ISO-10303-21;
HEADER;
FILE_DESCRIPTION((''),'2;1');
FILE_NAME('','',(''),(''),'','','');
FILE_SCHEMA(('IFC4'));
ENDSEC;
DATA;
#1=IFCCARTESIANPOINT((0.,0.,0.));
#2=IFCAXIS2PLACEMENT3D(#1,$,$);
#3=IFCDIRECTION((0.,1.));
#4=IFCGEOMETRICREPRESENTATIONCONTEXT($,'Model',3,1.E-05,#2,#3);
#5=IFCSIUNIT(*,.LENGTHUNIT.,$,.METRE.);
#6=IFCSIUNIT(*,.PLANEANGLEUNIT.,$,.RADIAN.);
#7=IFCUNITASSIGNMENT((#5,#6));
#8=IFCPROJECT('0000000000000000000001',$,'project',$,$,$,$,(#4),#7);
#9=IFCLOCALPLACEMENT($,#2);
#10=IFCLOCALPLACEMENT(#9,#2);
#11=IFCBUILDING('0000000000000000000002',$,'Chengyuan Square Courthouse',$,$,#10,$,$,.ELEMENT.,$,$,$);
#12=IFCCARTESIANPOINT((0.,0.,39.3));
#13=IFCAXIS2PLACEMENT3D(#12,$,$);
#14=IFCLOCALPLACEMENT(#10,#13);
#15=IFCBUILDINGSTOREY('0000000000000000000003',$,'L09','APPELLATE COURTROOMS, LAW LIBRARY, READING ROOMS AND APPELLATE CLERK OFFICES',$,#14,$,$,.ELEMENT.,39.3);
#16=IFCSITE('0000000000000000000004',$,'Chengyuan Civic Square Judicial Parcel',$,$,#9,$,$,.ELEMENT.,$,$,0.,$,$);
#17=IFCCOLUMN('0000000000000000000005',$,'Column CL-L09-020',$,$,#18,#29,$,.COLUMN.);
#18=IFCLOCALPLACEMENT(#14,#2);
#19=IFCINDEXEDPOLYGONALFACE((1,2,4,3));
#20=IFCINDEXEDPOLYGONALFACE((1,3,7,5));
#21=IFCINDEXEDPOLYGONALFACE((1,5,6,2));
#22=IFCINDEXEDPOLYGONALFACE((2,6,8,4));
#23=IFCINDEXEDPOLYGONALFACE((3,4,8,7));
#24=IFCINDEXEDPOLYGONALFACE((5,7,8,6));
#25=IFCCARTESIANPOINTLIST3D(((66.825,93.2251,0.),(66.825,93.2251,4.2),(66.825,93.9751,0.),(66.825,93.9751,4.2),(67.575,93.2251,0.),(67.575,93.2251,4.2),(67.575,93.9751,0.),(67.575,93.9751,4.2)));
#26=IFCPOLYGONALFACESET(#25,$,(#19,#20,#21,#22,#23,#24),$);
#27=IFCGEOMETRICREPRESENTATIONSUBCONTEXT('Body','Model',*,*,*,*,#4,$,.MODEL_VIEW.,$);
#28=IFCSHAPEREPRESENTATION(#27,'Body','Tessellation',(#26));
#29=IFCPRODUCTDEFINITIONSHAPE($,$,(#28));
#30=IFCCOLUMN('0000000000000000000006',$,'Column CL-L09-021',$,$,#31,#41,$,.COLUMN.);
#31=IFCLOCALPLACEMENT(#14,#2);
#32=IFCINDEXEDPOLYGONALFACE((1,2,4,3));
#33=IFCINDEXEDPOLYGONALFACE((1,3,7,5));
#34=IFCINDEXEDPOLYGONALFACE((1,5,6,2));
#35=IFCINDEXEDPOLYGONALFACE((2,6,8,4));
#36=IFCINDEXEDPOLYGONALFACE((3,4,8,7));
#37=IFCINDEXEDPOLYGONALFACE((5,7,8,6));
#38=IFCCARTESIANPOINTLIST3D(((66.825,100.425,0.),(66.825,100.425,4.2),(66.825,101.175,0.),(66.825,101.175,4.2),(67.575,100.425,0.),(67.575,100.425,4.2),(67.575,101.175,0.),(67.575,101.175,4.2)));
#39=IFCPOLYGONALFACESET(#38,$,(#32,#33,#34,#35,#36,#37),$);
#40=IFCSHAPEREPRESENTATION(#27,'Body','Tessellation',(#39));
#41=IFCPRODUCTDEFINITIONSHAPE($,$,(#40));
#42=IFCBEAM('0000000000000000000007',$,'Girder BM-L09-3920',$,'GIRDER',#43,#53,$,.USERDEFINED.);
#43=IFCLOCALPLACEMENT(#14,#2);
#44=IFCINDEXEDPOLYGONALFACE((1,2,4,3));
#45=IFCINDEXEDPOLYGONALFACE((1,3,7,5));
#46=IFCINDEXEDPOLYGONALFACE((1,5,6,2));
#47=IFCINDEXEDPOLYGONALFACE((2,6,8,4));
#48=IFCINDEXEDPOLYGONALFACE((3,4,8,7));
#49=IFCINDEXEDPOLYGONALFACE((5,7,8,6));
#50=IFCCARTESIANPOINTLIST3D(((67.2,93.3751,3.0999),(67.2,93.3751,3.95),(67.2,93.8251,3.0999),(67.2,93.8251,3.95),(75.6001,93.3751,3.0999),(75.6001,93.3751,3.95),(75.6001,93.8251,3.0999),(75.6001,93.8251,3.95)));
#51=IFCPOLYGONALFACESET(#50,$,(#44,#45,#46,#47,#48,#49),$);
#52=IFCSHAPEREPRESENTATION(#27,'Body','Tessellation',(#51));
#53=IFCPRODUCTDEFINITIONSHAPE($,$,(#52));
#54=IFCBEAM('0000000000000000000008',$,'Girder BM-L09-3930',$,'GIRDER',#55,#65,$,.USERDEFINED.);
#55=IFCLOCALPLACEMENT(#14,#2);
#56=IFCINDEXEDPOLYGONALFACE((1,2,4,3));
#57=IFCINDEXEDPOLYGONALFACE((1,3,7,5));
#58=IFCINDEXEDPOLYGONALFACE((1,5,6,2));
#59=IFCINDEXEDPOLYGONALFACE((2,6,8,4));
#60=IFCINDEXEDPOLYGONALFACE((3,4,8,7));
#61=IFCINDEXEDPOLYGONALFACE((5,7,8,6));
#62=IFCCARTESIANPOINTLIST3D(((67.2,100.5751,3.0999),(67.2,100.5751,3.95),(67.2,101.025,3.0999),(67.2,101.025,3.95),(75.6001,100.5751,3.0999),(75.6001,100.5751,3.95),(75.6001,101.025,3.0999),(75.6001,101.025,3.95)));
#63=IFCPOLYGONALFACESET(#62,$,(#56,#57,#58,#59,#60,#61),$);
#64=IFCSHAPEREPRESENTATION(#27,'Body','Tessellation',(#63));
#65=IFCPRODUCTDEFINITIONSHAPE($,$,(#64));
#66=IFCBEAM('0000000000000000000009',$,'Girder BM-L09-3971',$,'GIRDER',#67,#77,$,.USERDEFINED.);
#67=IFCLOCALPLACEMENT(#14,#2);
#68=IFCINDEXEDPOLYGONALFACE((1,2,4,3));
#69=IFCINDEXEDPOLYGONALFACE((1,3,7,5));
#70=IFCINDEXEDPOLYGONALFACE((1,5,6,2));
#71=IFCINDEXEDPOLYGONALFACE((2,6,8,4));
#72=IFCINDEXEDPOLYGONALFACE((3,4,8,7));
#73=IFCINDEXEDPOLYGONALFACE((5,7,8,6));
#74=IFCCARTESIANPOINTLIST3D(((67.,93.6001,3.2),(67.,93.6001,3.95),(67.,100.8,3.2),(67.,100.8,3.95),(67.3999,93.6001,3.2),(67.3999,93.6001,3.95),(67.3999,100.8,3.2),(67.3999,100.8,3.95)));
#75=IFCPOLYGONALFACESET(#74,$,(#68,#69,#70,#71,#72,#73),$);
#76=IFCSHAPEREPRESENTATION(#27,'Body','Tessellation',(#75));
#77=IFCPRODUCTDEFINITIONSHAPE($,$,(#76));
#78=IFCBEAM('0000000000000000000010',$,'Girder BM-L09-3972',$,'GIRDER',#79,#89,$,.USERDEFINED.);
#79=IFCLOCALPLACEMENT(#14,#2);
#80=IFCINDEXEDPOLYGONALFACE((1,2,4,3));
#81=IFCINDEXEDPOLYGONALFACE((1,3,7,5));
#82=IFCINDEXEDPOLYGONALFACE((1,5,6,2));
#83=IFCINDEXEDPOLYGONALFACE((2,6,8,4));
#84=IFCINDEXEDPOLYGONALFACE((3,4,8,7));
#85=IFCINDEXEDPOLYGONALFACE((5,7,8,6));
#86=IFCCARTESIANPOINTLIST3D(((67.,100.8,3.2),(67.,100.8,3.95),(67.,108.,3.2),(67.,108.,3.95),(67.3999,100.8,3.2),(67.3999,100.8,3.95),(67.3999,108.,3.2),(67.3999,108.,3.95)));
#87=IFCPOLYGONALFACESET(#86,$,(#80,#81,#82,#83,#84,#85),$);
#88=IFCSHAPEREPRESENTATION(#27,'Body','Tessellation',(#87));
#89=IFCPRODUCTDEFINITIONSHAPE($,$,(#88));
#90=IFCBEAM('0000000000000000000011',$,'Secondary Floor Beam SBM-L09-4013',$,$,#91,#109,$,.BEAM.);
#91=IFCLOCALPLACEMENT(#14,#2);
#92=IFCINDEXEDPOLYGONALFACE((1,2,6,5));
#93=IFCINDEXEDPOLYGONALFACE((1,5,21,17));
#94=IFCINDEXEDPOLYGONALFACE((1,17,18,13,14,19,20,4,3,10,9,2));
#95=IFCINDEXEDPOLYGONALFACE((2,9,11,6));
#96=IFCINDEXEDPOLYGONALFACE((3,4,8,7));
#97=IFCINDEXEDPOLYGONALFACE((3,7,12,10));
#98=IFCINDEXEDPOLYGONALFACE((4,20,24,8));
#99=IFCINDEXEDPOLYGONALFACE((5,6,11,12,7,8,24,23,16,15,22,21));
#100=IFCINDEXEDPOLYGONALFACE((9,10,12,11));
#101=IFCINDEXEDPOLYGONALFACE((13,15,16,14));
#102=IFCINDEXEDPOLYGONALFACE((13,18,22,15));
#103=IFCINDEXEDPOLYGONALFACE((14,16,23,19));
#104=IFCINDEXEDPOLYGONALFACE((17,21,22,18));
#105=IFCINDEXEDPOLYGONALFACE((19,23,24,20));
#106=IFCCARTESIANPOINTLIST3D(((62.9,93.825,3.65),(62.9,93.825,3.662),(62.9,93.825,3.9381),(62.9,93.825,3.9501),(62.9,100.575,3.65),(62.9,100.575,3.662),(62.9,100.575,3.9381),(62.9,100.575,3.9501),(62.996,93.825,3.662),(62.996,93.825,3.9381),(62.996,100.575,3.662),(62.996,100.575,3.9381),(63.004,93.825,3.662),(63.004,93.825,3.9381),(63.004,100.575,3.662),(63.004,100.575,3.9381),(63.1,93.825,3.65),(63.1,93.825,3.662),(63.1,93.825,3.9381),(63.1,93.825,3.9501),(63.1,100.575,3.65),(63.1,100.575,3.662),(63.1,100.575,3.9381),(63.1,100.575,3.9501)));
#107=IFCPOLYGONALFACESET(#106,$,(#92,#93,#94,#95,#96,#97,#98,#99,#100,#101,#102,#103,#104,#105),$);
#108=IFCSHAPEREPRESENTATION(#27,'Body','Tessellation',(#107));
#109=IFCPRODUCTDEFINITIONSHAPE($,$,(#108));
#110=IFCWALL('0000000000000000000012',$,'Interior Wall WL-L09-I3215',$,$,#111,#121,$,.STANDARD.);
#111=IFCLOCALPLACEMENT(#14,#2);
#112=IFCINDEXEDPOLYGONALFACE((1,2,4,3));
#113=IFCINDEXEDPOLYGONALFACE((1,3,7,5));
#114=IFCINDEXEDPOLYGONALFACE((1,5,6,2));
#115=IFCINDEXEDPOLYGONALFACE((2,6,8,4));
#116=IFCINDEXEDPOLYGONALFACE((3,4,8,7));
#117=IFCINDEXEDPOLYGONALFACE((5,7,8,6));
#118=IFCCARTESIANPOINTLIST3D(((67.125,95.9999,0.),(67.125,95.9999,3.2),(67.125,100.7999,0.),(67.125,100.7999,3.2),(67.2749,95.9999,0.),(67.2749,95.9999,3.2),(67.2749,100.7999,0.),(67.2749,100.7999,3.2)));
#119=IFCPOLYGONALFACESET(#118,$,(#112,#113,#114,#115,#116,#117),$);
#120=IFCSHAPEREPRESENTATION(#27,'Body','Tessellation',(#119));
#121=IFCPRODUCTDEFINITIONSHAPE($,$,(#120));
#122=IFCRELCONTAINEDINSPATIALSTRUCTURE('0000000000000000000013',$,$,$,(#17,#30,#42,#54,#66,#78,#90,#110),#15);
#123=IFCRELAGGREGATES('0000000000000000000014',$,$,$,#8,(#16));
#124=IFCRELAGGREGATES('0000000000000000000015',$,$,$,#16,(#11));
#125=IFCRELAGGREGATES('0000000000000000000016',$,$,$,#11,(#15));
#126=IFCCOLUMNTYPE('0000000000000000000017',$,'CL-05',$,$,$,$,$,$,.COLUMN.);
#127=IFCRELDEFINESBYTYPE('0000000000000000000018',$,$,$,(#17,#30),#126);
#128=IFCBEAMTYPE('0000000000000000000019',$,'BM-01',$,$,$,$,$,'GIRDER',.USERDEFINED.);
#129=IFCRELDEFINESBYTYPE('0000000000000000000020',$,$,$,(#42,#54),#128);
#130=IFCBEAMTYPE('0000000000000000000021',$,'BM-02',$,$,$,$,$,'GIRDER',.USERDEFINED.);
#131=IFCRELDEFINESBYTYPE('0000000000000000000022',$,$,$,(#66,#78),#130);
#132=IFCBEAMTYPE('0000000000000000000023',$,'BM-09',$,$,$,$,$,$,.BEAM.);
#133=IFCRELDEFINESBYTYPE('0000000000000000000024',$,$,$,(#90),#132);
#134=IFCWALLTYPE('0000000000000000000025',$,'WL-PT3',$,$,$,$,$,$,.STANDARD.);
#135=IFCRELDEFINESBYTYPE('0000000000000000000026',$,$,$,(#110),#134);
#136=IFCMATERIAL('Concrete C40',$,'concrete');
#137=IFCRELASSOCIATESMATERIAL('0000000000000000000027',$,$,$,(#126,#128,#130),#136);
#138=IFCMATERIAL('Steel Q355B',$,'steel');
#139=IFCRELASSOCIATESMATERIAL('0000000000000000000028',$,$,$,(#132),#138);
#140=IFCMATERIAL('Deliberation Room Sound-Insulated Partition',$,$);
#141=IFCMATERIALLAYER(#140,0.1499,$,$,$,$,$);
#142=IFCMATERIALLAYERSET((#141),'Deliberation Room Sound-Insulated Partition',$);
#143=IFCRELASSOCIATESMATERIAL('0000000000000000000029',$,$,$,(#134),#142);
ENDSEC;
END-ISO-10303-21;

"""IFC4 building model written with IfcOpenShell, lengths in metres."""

from ifc_helpers import new_model, si_unit, direction, frame, frame_2d, origin, origin_2d, place, context, subcontext, project, spatial, rectangle, i_section, extrude, material, layer, layer_set, material_profile, profile_set, type_object, element, save


model = new_model("IFC4")

# Units and contexts
model_context = context("Model", 3, precision=1e-05, world=origin(), true_north=direction((0.0, 1.0)))
body_context = subcontext(model_context, "Body", "Model", "MODEL_VIEW")
ifc_project = project(units=[si_unit("LENGTHUNIT", "METRE"), si_unit("PLANEANGLEUNIT", "RADIAN")], contexts=[model_context])

# Site, building, storey
site_placement = place(None, origin())
site = spatial("IfcSite", under=ifc_project, at=site_placement, Name="Chengyuan Civic Square Judicial Parcel", CompositionType="ELEMENT", RefElevation=0.0)
building_placement = place(site_placement, origin())
building = spatial("IfcBuilding", under=site, at=building_placement, Name="Chengyuan Square Courthouse", CompositionType="ELEMENT")
storey_placement = place(building_placement, frame((0.0, 0.0, 39.3)))
storey = spatial("IfcBuildingStorey", under=building, at=storey_placement, Name="L09", Description="APPELLATE COURTROOMS, LAW LIBRARY, READING ROOMS AND APPELLATE CLERK OFFICES", CompositionType="ELEMENT", Elevation=39.3)

# Columns
ifc_material_1 = material(Name="Concrete C40", Category="concrete")
ifc_material_profile_1 = material_profile(ifc_material_1, rectangle(XDim=0.75, YDim=0.75, at=origin_2d()), Name="RC-COL-750x750")
ifc_profile_set_1 = profile_set([ifc_material_profile_1], Name="Concrete C40")
column_type = type_object("IfcColumnType", Name="CL-05", PredefinedType="COLUMN", material=ifc_profile_set_1)
for number, where, z_axis, x_axis, name in (
    (1, (67.2, 93.6001, 0.0), (0.0, 0.0, 1.0), (1.0, 0.0, 0.0), "Column CL-L09-020"),
    (2, (67.2, 100.8, 0.0), (0.0, 0.0, 1.0), (1.0, 0.0, 0.0), "Column CL-L09-021"),
):
    element("IfcColumn", number, at=place(storey_placement, frame(where, z_axis=z_axis, x_axis=x_axis)), inside=storey, type_object=column_type, Name=name, PredefinedType="COLUMN", context=body_context, shape_type="SweptSolid", body=[
        extrude(rectangle(XDim=0.75, YDim=0.75, at=origin_2d()), origin(), (0.0, 0.0, 1.0), 4.2),
    ])

# Beams
ifc_material_profile_2 = material_profile(ifc_material_1, rectangle(XDim=0.45, YDim=0.8501, at=origin_2d()), Name="RC-BM-450x850")
ifc_profile_set_2 = profile_set([ifc_material_profile_2], Name="Concrete C40")
beam_type_1 = type_object("IfcBeamType", Name="BM-01", ElementType="GIRDER", PredefinedType="USERDEFINED", material=ifc_profile_set_2)
for number, where, z_axis, x_axis, name in (
    (3, (67.2, 93.6001, 3.5249), (1.0, 0.0, 0.0), (0.0, 1.0, 0.0), "Girder BM-L09-3920"),
    (4, (67.2, 100.8, 3.5249), (1.0, 0.0, 0.0), (0.0, 1.0, 0.0), "Girder BM-L09-3930"),
):
    element("IfcBeam", number, at=place(storey_placement, frame(where, z_axis=z_axis, x_axis=x_axis)), inside=storey, type_object=beam_type_1, Name=name, ObjectType="GIRDER", PredefinedType="USERDEFINED", context=body_context, shape_type="SweptSolid", body=[
        extrude(rectangle(XDim=0.45, YDim=0.8501, at=origin_2d()), origin(), (0.0, 0.0, 1.0), 8.4001),
    ])
ifc_material_profile_3 = material_profile(ifc_material_1, rectangle(XDim=0.3999, YDim=0.75, at=origin_2d()), Name="RC-BM-400x750")
ifc_profile_set_3 = profile_set([ifc_material_profile_3], Name="Concrete C40")
beam_type_2 = type_object("IfcBeamType", Name="BM-02", ElementType="GIRDER", PredefinedType="USERDEFINED", material=ifc_profile_set_3)
for number, where, z_axis, x_axis, name in (
    (5, (67.2, 93.6001, 3.575), (0.0, 1.0, 0.0), (-1.0, 0.0, 0.0), "Girder BM-L09-3971"),
    (6, (67.2, 100.8, 3.575), (0.0, 1.0, 0.0), (-1.0, 0.0, 0.0), "Girder BM-L09-3972"),
):
    element("IfcBeam", number, at=place(storey_placement, frame(where, z_axis=z_axis, x_axis=x_axis)), inside=storey, type_object=beam_type_2, Name=name, ObjectType="GIRDER", PredefinedType="USERDEFINED", context=body_context, shape_type="SweptSolid", body=[
        extrude(rectangle(XDim=0.3999, YDim=0.75, at=origin_2d()), origin(), (0.0, 0.0, 1.0), 7.2),
    ])
ifc_material_2 = material(Name="Steel Q355B", Category="steel")
ifc_material_profile_4 = material_profile(ifc_material_2, i_section(OverallWidth=0.2, OverallDepth=0.3, WebThickness=0.0081, FlangeThickness=0.012, at=origin_2d()), Name="HM 300x200x8x12")
ifc_profile_set_4 = profile_set([ifc_material_profile_4], Name="Steel Q355B")
beam_type_3 = type_object("IfcBeamType", Name="BM-09", PredefinedType="BEAM", material=ifc_profile_set_4)
beam_placement = place(storey_placement, frame((63.0, 93.825, 3.8), z_axis=(0.0, 1.0, 0.0), x_axis=(-1.0, 0.0, 0.0)))
element("IfcBeam", 7, at=beam_placement, inside=storey, type_object=beam_type_3, Name="Secondary Floor Beam SBM-L09-4013", PredefinedType="BEAM", context=body_context, shape_type="SweptSolid", body=[
    extrude(i_section(OverallWidth=0.2, OverallDepth=0.3, WebThickness=0.0081, FlangeThickness=0.012, at=origin_2d()), origin(), (0.0, 0.0, 1.0), 6.75),
])

# Wall
ifc_material_3 = material(Name="Deliberation Room Sound-Insulated Partition")
ifc_layer_1 = layer(ifc_material_3, 0.1499)
ifc_layer_set_1 = layer_set([ifc_layer_1], Name="Deliberation Room Sound-Insulated Partition")
wall_type_1 = type_object("IfcWallType", Name="WL-PT3", PredefinedType="STANDARD", material=ifc_layer_set_1)
wall_1_placement = place(storey_placement, frame((67.2, 96.0, 0.0), z_axis=(0.0, 0.0, 1.0), x_axis=(0.0, 1.0, 0.0)))
element("IfcWall", 8, at=wall_1_placement, inside=storey, type_object=wall_type_1, Name="Interior Wall WL-L09-I3215", PredefinedType="STANDARD", context=body_context, shape_type="SweptSolid", body=[
    extrude(rectangle(XDim=4.8, YDim=0.1499, at=frame_2d((2.3999, 0.0))), origin(), (0.0, 0.0, 1.0), 3.2),
])

save(model, "model.ifc")
